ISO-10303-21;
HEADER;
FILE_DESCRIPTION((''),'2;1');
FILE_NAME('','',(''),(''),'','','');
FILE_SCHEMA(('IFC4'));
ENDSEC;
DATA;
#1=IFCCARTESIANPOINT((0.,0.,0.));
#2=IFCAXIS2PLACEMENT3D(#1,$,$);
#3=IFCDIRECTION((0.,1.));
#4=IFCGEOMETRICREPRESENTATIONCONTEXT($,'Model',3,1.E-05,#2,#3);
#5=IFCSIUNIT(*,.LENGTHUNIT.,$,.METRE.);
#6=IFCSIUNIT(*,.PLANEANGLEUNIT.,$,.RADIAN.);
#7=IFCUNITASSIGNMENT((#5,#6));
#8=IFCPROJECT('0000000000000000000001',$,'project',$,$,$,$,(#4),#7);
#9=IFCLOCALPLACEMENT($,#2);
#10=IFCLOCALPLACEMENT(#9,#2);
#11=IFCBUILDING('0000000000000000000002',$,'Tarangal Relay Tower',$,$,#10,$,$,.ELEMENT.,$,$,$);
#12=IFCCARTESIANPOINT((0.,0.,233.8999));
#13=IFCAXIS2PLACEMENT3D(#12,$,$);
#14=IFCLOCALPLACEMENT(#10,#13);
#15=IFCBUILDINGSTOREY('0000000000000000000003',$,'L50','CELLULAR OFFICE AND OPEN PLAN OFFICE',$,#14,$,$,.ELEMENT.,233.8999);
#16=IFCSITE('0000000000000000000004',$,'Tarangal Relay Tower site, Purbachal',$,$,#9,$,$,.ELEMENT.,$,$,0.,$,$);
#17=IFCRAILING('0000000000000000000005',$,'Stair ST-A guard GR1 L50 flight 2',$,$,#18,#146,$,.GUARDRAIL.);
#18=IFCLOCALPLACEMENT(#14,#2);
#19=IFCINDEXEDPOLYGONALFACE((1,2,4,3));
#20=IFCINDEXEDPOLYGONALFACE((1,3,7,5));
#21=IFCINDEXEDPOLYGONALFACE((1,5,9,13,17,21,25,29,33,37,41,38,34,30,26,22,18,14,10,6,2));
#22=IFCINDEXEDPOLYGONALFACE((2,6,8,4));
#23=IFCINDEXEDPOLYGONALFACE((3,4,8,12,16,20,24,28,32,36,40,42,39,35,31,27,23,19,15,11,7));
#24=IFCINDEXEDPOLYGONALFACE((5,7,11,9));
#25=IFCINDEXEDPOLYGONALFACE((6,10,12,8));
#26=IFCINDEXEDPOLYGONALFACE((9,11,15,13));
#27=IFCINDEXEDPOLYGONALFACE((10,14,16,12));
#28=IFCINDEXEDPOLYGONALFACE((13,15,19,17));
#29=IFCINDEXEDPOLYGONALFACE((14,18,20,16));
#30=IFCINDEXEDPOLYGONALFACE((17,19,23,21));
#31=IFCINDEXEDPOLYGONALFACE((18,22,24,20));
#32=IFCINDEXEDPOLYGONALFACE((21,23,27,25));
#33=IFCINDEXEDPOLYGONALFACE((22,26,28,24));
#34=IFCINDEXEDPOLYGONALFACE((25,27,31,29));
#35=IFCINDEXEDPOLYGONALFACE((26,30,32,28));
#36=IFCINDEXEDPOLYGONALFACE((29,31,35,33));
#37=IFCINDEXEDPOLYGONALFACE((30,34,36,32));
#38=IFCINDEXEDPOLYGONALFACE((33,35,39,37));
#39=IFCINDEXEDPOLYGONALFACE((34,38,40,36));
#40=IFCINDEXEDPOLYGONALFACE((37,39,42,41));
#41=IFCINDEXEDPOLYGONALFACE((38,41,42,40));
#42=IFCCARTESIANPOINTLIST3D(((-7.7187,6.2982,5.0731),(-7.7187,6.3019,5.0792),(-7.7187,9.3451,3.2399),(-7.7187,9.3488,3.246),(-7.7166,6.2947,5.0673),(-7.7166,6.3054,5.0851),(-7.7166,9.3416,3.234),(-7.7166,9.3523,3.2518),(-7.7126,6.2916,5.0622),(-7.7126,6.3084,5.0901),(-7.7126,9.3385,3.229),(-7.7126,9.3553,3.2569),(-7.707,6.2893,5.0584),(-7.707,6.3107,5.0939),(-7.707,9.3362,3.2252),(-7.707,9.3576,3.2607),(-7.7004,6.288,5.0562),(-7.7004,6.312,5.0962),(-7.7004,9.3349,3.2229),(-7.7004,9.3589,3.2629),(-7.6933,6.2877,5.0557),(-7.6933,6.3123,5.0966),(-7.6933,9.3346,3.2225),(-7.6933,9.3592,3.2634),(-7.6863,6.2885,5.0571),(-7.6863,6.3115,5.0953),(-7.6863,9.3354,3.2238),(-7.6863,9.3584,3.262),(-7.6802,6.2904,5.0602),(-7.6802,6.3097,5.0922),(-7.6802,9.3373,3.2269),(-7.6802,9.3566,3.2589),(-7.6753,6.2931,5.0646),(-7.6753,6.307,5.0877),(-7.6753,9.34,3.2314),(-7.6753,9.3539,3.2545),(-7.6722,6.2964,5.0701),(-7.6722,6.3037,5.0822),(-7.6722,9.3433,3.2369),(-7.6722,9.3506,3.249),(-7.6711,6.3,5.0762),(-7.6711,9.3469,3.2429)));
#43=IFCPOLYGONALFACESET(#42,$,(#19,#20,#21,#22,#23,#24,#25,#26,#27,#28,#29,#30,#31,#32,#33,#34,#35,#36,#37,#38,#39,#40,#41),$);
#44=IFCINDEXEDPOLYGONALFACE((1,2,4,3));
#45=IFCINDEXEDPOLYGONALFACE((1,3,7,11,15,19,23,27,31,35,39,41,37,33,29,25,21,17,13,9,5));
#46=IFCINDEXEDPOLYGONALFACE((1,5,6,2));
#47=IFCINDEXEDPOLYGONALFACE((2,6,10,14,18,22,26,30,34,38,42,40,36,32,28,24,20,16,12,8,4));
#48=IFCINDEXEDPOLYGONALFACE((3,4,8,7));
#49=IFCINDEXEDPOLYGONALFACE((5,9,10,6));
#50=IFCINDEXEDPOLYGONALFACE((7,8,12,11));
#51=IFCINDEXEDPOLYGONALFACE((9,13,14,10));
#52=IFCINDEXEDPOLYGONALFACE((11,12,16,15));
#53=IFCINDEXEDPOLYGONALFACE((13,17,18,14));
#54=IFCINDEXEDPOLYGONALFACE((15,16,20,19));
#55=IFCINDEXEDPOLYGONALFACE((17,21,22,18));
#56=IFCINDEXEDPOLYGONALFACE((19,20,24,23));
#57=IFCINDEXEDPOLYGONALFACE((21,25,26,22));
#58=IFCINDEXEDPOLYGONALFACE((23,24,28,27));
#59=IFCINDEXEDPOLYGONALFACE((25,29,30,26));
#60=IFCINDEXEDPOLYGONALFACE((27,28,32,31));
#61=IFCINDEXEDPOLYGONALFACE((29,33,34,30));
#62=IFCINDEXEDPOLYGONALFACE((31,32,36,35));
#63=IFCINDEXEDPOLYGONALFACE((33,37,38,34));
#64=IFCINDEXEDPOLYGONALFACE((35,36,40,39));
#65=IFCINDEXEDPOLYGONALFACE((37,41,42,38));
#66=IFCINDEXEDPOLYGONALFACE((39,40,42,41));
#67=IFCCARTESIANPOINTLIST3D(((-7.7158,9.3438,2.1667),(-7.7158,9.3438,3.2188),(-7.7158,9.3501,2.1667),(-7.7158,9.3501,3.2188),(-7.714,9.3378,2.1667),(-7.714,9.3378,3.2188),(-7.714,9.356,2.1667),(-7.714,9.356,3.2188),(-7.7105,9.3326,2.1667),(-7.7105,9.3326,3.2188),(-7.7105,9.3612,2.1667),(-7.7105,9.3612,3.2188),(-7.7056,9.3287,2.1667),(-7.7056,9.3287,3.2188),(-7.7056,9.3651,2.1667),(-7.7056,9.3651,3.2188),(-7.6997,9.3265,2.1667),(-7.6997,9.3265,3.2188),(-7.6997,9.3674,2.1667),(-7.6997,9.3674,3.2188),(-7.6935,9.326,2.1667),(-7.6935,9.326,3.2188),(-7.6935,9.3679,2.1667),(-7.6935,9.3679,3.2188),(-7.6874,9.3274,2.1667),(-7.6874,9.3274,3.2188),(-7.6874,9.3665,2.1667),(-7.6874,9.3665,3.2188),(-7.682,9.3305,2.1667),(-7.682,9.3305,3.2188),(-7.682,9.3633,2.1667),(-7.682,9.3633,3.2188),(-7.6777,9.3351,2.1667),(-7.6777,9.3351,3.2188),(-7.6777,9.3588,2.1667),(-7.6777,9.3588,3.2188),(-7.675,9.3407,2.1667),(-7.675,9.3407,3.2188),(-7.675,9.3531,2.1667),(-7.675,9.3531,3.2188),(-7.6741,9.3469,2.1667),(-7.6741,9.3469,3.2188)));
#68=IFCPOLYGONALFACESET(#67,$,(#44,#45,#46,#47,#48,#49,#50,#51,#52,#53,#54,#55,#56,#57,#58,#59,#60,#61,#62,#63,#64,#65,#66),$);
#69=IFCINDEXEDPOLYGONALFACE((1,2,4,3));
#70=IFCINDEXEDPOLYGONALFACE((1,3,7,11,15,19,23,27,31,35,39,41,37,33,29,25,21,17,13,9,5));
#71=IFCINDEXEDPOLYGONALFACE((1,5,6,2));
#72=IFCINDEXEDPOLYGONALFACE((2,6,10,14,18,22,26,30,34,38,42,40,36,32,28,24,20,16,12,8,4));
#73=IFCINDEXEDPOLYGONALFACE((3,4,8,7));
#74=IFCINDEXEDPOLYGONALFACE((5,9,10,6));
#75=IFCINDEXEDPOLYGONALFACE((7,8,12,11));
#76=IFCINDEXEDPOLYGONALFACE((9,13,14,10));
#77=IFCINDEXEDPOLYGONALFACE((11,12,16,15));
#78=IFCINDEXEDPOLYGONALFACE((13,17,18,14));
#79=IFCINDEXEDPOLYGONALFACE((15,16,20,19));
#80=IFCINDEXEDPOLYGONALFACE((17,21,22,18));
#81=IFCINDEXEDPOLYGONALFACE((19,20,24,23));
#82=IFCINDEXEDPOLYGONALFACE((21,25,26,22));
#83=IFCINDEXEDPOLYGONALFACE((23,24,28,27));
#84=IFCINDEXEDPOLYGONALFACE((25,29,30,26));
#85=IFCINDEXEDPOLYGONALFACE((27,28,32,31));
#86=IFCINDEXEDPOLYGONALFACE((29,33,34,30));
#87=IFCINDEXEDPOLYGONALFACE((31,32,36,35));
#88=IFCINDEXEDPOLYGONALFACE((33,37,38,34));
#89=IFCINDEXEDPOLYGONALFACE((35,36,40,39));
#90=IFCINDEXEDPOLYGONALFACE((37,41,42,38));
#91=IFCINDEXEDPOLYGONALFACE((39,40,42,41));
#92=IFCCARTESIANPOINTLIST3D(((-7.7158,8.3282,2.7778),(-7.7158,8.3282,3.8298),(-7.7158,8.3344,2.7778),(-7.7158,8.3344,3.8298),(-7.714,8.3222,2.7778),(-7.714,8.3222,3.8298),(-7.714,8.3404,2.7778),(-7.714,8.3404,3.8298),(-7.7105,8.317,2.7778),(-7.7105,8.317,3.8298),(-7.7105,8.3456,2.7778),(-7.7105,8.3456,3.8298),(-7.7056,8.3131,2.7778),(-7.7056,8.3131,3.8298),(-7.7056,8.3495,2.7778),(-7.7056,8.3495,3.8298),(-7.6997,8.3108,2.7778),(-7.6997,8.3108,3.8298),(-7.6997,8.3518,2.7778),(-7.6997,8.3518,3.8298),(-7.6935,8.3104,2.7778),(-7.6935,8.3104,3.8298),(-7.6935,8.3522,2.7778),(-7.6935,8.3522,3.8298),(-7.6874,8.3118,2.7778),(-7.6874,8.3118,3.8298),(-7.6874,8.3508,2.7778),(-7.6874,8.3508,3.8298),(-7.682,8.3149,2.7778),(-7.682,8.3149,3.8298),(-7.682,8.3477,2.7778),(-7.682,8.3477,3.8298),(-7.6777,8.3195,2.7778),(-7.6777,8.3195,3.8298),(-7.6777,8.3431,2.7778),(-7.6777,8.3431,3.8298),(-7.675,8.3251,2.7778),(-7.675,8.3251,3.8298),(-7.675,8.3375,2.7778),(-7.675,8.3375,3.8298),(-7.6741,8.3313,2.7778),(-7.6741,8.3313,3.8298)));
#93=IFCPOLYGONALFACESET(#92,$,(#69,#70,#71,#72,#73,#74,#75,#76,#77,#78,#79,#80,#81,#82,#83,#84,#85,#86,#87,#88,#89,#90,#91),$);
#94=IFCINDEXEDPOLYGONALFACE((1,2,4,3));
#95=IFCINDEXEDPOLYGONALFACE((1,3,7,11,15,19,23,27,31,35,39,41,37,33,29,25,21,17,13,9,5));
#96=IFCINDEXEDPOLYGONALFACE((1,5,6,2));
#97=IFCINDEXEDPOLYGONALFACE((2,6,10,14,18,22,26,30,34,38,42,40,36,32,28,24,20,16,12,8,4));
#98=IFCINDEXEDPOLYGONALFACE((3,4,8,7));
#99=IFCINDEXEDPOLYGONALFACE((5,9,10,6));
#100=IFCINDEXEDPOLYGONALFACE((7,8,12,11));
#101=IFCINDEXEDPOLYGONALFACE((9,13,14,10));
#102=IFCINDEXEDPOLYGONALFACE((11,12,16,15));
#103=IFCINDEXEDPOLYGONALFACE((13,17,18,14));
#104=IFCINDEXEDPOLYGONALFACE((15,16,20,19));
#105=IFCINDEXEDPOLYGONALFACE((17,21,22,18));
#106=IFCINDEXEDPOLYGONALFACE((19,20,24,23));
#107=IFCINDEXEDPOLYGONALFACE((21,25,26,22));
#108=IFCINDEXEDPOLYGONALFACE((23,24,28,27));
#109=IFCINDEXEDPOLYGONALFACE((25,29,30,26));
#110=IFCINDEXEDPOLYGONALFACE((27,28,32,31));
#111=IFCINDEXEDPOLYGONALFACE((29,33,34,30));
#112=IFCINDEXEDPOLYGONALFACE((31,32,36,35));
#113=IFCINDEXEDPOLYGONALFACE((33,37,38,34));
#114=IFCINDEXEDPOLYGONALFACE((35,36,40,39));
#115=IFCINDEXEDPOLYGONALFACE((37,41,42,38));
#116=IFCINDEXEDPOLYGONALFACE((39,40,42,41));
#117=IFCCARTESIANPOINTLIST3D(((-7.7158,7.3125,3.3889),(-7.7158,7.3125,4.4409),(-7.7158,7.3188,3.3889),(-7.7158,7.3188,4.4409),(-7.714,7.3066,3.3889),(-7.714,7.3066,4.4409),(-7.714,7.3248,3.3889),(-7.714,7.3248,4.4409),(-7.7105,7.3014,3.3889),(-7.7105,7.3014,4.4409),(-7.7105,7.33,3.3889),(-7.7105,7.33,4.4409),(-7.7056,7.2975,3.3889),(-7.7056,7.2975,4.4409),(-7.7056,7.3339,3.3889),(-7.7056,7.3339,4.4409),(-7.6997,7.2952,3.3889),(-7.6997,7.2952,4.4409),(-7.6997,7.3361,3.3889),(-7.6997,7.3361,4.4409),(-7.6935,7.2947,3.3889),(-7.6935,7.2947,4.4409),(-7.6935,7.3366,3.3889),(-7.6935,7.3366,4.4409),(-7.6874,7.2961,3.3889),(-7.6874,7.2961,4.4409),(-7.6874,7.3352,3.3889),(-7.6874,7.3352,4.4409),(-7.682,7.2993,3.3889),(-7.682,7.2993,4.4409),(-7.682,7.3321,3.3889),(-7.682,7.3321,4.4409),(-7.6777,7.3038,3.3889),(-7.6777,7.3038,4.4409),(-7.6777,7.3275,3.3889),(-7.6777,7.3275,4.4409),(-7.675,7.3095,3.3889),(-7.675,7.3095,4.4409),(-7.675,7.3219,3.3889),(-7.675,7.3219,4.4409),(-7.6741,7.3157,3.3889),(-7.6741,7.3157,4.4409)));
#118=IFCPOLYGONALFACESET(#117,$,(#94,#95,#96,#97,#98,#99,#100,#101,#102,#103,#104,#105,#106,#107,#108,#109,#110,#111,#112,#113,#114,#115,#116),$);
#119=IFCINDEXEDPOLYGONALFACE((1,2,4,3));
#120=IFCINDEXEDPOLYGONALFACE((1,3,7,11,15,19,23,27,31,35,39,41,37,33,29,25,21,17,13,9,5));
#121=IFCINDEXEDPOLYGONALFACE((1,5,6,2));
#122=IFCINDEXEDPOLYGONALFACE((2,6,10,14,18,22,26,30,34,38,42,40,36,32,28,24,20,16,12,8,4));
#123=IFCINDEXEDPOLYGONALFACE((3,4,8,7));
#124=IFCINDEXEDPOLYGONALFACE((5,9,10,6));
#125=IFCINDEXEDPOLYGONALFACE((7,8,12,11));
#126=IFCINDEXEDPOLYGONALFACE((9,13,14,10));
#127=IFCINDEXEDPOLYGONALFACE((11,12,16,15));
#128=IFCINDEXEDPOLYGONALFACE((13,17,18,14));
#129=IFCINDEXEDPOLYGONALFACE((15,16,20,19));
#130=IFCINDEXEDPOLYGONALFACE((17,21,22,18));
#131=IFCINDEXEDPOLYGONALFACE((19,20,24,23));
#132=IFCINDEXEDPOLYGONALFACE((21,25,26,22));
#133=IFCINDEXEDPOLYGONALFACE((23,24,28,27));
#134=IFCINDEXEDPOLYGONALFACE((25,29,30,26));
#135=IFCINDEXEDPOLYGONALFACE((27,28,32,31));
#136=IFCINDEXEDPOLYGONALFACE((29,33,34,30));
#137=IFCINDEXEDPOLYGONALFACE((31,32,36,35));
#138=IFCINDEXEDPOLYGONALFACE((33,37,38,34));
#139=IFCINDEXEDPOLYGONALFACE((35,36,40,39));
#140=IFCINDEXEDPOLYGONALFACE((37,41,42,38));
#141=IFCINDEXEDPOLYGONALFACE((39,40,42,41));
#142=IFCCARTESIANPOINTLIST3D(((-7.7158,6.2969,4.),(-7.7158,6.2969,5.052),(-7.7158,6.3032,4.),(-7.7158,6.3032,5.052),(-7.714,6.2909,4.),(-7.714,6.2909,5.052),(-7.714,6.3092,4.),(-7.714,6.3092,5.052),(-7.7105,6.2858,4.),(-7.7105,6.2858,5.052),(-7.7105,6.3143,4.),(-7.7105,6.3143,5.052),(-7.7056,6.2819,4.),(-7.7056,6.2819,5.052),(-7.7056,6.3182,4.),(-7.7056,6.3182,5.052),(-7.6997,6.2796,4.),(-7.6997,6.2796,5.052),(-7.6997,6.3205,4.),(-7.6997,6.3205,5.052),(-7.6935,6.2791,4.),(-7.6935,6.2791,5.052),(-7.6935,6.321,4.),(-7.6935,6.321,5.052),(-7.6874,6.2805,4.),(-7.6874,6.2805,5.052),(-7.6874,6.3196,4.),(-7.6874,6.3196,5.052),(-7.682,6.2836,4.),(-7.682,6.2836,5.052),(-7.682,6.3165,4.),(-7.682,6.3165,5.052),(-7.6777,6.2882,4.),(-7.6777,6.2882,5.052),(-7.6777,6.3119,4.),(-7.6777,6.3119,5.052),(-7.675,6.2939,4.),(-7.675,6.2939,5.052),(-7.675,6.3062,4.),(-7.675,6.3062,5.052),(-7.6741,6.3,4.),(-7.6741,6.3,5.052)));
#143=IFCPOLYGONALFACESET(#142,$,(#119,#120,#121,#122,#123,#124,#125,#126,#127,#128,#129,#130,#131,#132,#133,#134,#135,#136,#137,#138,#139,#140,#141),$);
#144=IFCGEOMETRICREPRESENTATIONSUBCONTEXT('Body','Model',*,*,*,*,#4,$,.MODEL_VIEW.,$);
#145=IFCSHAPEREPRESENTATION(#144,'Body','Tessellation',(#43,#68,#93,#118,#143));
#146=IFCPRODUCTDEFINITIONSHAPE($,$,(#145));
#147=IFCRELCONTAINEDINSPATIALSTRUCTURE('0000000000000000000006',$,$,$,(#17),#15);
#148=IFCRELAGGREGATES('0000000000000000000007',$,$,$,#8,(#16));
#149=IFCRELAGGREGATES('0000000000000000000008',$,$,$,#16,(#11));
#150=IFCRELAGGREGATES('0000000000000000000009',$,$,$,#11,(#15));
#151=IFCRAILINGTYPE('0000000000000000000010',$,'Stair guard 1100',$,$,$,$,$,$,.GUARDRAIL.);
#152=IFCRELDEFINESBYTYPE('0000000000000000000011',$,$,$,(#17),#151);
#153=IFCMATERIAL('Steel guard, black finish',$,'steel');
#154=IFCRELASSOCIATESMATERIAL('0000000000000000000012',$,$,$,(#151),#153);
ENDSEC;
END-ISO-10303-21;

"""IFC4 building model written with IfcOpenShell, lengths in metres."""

from ifc_helpers import new_model, si_unit, direction, frame, origin, origin_2d, place, context, subcontext, project, spatial, circle, extrude, material, type_object, element, save


model = new_model("IFC4")

# Units and contexts
model_context = context("Model", 3, precision=1e-05, world=origin(), true_north=direction((0.0, 1.0)))
body_context = subcontext(model_context, "Body", "Model", "MODEL_VIEW")
ifc_project = project(units=[si_unit("LENGTHUNIT", "METRE"), si_unit("PLANEANGLEUNIT", "RADIAN")], contexts=[model_context])

# Site, building, storey
site_placement = place(None, origin())
site = spatial("IfcSite", under=ifc_project, at=site_placement, Name="Tarangal Relay Tower site, Purbachal", CompositionType="ELEMENT", RefElevation=0.0)
building_placement = place(site_placement, origin())
building = spatial("IfcBuilding", under=site, at=building_placement, Name="Tarangal Relay Tower", CompositionType="ELEMENT")
storey_placement = place(building_placement, frame((0.0, 0.0, 233.8999)))
storey = spatial("IfcBuildingStorey", under=building, at=storey_placement, Name="L50", Description="CELLULAR OFFICE AND OPEN PLAN OFFICE", CompositionType="ELEMENT", Elevation=233.8999)

# Railing
ifc_material_1 = material(Name="Steel guard, black finish", Category="steel")
railing_type_1 = type_object("IfcRailingType", Name="Stair guard 1100", PredefinedType="GUARDRAIL", material=ifc_material_1)
railing_1_placement = place(storey_placement, frame((-7.6951, 9.3469, 2.1667)))
element("IfcRailing", 1, at=railing_1_placement, inside=storey, type_object=railing_type_1, Name="Stair ST-A guard GR1 L50 flight 2", PredefinedType="GUARDRAIL", context=body_context, shape_type="SweptSolid", body=[
    extrude(circle(Radius=0.0239, at=origin_2d()), frame((0.0, 0.0, 1.0762), z_axis=(0.0, -0.856856, 0.515556), x_axis=(1.0, 0.0, 0.0)), (0.0, 0.0, 1.0), 3.5559),
    extrude(circle(Radius=0.021, at=origin_2d()), origin(), (0.0, 0.0, 1.0), 1.052),
    extrude(circle(Radius=0.021, at=origin_2d()), frame((0.0, -1.0156, 0.6111)), (0.0, 0.0, 1.0), 1.052),
    extrude(circle(Radius=0.021, at=origin_2d()), frame((0.0, -2.0312, 1.2222)), (0.0, 0.0, 1.0), 1.052),
    extrude(circle(Radius=0.021, at=origin_2d()), frame((0.0, -3.0469, 1.8333)), (0.0, 0.0, 1.0), 1.052),
])

save(model, "model.ifc")
